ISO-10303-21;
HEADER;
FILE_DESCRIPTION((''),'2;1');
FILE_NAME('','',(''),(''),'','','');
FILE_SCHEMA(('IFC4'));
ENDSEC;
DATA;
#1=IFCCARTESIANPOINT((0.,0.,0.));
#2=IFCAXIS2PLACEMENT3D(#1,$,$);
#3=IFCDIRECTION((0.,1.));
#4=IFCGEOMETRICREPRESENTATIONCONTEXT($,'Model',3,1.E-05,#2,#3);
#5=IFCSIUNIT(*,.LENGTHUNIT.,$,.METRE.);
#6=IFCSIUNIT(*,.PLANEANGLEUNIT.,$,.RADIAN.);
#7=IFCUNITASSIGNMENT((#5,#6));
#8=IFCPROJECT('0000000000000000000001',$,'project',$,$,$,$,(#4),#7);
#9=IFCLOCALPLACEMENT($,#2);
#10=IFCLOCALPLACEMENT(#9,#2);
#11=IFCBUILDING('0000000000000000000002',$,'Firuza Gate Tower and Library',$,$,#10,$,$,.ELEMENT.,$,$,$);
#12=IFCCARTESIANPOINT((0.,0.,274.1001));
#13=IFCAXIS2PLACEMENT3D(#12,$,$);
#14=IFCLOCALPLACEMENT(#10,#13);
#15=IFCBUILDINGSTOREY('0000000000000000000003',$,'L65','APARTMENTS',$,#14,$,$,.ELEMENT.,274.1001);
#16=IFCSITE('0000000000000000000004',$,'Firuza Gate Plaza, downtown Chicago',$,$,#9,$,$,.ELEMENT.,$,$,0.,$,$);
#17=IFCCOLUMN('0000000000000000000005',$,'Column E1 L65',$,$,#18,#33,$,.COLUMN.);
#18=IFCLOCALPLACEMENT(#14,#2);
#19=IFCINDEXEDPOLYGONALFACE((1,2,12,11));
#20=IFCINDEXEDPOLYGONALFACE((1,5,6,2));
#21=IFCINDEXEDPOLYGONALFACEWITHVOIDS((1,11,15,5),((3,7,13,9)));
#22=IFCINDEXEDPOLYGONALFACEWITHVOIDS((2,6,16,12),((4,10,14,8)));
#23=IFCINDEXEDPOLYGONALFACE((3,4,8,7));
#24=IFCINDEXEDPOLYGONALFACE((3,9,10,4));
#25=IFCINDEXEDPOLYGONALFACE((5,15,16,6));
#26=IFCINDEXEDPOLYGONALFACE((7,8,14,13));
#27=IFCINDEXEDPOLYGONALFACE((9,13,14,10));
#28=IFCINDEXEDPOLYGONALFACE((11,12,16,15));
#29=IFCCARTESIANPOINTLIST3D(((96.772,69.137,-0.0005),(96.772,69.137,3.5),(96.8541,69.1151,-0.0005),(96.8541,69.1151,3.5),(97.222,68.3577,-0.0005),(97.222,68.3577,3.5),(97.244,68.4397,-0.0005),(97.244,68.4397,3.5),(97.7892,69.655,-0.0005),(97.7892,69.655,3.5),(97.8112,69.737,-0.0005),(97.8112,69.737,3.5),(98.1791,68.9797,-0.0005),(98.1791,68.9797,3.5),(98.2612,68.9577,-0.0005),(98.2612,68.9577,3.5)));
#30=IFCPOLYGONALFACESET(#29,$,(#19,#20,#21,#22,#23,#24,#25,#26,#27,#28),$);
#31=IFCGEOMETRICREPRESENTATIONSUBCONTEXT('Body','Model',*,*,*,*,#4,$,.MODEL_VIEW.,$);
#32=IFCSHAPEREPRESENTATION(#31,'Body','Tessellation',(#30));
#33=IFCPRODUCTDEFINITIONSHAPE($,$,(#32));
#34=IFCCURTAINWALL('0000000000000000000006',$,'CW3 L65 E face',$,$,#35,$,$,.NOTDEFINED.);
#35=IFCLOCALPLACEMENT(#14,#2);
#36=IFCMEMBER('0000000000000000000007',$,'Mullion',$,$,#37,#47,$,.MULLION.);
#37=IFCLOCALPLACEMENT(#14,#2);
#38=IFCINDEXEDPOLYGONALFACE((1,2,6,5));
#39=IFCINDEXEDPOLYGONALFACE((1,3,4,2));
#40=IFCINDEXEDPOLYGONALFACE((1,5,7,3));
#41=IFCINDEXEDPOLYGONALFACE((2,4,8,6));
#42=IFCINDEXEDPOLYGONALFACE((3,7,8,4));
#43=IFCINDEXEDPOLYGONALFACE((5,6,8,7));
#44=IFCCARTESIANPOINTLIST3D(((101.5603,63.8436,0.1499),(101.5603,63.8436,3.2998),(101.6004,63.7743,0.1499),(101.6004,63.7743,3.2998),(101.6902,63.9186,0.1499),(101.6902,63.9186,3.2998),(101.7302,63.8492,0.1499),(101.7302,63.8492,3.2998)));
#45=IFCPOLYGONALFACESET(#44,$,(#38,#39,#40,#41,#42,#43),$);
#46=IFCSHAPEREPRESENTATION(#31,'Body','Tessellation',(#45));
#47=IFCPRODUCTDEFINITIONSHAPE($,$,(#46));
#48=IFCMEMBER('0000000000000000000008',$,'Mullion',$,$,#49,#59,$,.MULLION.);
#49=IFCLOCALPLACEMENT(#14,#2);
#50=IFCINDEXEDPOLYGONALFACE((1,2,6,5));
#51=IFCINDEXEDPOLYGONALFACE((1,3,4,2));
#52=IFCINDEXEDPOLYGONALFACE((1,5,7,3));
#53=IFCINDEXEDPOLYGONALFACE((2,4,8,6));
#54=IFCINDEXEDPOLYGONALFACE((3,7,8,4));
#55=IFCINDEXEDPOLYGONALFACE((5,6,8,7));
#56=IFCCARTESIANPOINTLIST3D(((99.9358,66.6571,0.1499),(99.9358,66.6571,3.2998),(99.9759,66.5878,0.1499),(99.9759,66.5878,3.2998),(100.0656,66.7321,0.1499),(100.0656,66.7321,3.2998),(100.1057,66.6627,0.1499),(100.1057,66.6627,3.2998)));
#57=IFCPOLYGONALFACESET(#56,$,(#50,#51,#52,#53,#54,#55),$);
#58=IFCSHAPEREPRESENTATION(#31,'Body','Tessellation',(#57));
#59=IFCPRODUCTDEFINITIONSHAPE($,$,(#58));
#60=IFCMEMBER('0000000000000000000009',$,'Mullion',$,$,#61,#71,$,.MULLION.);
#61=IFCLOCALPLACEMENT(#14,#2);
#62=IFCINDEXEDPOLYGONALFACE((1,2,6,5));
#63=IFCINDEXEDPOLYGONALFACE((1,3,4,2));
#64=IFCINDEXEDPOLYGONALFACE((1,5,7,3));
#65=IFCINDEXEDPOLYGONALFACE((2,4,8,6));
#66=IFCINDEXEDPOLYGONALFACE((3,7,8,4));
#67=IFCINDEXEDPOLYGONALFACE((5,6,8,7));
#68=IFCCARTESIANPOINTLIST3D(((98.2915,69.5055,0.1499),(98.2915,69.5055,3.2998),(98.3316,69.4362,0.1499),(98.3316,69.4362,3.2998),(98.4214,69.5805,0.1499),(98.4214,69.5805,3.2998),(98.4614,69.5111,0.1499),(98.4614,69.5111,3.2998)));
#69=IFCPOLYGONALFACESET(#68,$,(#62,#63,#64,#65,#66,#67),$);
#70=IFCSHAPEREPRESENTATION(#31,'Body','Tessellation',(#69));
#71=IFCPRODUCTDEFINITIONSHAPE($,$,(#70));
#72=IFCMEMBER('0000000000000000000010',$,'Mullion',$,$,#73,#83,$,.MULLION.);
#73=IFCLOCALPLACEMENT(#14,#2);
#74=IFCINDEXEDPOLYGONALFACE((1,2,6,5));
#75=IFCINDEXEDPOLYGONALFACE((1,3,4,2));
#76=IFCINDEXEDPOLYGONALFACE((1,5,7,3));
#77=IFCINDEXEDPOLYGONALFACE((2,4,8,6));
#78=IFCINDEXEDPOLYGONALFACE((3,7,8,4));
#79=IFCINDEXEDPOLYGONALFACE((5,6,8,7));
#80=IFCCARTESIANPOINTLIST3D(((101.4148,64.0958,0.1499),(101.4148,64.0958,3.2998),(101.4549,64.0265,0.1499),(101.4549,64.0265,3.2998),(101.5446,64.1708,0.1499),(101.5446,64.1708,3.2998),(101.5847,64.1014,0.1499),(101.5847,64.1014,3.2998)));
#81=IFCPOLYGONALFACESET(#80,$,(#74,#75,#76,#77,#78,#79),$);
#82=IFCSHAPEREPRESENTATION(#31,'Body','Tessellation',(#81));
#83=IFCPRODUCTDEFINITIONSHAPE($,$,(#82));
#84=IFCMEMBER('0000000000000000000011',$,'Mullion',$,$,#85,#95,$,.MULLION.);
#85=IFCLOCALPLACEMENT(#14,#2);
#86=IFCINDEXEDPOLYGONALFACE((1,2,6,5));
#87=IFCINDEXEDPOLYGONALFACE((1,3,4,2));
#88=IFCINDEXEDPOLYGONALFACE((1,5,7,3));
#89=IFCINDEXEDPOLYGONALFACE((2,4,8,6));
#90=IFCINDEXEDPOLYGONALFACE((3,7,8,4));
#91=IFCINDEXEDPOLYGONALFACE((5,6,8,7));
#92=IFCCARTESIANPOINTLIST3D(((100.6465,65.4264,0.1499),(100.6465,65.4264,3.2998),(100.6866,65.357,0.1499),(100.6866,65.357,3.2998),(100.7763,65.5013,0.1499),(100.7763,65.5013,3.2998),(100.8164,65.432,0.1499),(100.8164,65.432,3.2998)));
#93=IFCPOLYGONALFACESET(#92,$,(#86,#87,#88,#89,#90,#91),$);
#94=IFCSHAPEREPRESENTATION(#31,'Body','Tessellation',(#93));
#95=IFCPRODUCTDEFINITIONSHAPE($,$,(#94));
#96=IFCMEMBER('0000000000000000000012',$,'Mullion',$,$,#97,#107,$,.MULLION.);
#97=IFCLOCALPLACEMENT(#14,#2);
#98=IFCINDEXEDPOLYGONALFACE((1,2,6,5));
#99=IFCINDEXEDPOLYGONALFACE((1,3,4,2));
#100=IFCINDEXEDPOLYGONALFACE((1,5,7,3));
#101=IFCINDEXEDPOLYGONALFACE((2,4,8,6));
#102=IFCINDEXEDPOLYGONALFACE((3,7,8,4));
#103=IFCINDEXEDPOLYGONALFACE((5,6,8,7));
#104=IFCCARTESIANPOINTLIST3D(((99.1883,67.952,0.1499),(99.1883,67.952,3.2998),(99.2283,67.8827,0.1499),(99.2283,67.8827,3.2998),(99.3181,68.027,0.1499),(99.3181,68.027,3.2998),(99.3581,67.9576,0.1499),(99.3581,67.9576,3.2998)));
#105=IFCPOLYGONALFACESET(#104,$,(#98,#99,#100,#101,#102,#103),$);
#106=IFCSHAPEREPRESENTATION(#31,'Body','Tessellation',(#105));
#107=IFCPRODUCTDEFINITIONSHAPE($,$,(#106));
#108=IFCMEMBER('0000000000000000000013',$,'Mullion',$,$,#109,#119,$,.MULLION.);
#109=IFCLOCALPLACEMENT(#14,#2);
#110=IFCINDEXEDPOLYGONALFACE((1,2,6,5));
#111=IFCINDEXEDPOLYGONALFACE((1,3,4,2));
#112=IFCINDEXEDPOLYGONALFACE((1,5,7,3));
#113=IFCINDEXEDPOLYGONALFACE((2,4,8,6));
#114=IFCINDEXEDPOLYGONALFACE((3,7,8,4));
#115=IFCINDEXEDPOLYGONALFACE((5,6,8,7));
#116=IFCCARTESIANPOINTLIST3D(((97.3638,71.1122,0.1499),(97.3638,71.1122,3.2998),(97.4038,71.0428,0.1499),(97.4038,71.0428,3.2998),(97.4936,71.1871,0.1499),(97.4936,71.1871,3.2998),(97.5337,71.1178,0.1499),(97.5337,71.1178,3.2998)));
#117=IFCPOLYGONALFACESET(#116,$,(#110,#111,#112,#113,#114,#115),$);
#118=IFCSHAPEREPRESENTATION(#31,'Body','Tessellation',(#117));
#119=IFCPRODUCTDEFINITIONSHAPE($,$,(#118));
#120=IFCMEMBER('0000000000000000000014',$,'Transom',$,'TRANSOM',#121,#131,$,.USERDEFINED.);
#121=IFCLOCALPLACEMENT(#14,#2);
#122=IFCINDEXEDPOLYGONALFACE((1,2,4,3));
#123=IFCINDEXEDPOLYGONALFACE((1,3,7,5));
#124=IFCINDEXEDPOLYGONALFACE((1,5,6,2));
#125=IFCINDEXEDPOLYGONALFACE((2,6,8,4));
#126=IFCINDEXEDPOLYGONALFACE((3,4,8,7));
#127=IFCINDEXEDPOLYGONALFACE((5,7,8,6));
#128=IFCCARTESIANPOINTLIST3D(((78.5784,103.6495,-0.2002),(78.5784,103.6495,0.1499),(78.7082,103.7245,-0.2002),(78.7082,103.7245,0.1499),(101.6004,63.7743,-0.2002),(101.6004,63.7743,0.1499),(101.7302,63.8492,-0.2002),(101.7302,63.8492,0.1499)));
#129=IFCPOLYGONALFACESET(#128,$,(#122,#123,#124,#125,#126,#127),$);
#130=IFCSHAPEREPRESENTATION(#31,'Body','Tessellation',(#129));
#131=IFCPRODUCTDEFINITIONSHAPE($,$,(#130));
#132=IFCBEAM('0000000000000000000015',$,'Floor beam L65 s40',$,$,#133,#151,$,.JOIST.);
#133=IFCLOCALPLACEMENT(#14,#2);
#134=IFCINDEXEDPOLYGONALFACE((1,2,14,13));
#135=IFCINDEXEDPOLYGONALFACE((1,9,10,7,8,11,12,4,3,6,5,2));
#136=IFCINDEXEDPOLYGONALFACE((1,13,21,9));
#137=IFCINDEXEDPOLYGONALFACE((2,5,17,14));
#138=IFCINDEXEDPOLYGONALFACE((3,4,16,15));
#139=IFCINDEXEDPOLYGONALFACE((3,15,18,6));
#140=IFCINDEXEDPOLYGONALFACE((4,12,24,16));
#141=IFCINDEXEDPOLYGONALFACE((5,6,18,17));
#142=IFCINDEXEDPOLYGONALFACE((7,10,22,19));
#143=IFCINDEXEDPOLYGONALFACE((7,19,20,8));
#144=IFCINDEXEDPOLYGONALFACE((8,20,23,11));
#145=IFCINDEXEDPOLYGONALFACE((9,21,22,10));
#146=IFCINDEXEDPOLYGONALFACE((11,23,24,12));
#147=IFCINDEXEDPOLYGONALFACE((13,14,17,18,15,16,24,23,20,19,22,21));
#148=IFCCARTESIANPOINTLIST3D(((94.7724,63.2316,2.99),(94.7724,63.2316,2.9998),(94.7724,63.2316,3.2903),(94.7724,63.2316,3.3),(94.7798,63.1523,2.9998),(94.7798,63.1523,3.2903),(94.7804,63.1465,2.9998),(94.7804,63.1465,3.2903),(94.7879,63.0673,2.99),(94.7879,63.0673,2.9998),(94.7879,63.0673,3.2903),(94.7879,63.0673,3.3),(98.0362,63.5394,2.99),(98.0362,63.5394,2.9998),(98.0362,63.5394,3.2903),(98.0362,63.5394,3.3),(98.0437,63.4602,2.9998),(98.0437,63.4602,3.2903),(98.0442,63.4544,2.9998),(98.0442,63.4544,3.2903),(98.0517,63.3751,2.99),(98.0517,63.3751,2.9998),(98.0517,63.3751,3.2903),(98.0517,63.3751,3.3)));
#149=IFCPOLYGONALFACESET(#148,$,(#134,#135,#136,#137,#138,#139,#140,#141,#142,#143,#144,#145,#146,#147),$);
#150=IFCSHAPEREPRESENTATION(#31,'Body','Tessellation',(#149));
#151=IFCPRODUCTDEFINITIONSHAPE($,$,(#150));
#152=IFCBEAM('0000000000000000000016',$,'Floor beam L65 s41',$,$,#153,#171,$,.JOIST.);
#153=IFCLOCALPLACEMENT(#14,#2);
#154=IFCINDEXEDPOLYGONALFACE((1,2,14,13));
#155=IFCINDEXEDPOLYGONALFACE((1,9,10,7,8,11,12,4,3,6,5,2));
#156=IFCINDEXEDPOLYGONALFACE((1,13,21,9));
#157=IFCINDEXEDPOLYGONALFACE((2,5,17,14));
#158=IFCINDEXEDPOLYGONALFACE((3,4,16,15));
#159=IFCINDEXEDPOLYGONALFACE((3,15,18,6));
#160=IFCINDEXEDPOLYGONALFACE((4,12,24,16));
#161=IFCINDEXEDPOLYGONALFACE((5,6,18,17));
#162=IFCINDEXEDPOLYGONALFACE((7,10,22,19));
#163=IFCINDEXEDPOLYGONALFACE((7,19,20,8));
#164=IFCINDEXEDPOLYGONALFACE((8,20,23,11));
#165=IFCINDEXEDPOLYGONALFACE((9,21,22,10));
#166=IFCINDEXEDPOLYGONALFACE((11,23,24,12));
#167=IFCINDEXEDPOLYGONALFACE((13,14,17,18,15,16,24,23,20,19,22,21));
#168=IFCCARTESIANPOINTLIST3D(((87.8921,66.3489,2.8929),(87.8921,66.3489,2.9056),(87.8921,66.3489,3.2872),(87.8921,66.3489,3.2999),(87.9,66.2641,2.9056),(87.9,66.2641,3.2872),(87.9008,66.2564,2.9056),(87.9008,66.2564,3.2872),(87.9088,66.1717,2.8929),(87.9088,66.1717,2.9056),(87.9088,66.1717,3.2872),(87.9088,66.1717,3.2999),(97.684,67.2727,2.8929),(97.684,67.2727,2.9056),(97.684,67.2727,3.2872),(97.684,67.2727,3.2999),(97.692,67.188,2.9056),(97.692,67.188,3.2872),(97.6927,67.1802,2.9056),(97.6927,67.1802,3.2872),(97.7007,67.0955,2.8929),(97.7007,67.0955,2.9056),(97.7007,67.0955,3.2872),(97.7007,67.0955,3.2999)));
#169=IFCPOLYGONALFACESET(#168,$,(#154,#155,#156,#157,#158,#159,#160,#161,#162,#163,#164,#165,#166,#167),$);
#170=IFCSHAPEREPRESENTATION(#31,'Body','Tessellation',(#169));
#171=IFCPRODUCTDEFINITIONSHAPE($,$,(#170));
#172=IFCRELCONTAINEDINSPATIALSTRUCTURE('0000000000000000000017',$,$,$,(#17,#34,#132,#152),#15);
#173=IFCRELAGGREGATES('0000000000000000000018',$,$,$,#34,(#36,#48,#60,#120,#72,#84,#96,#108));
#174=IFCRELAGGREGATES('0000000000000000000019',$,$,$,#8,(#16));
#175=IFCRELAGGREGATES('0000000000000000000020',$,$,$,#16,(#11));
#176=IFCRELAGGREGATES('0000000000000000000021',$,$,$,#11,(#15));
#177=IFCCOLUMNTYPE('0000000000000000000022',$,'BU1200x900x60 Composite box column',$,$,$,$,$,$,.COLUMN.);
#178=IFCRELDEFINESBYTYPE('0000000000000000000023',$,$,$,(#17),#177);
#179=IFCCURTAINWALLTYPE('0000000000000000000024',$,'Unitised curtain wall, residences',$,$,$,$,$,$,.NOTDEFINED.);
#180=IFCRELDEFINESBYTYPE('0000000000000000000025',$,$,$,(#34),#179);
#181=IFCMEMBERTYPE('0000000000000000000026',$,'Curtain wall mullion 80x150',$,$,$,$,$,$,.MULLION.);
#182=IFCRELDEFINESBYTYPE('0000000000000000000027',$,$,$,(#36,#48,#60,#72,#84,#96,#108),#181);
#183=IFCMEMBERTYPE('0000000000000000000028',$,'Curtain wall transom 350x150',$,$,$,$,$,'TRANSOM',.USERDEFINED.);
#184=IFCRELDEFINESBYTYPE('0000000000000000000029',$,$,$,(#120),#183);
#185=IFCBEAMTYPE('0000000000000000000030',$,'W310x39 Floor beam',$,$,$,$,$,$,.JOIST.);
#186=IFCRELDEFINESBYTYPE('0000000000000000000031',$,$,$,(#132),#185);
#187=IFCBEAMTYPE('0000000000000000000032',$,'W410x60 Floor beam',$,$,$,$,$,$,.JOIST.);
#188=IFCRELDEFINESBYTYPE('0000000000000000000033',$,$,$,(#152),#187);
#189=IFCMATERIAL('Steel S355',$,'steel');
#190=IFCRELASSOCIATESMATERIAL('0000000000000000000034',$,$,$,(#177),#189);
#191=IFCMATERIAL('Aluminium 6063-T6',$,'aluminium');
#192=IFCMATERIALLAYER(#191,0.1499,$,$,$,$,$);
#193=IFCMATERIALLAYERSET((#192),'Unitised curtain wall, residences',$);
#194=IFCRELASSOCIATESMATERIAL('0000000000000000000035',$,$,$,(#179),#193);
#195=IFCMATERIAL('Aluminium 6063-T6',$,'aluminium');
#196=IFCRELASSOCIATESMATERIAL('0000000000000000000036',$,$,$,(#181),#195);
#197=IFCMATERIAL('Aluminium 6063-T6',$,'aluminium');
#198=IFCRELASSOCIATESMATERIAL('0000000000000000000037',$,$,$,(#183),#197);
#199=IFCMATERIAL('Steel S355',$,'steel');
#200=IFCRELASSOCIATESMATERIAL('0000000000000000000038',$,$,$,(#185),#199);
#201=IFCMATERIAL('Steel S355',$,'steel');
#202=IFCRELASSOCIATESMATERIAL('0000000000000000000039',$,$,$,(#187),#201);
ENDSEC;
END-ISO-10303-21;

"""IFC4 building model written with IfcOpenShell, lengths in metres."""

from ifc_helpers import new_model, si_unit, direction, frame, origin, origin_2d, place, context, subcontext, project, spatial, rectangle, hollow_rectangle, i_section, extrude, material, layer, layer_set, material_profile, profile_set, type_object, element, aggregate, save


model = new_model("IFC4")

# Units and contexts
model_context = context("Model", 3, precision=1e-05, world=origin(), true_north=direction((0.0, 1.0)))
body_context = subcontext(model_context, "Body", "Model", "MODEL_VIEW")
ifc_project = project(units=[si_unit("LENGTHUNIT", "METRE"), si_unit("PLANEANGLEUNIT", "RADIAN")], contexts=[model_context])

# Site, building, storey
site_placement = place(None, origin())
site = spatial("IfcSite", under=ifc_project, at=site_placement, Name="Firuza Gate Plaza, downtown Chicago", CompositionType="ELEMENT", RefElevation=0.0)
building_placement = place(site_placement, origin())
building = spatial("IfcBuilding", under=site, at=building_placement, Name="Firuza Gate Tower and Library", CompositionType="ELEMENT")
storey_placement = place(building_placement, frame((0.0, 0.0, 274.1001)))
storey = spatial("IfcBuildingStorey", under=building, at=storey_placement, Name="L65", Description="APARTMENTS", CompositionType="ELEMENT", Elevation=274.1001)

# Column
ifc_material_1 = material(Name="Steel S355", Category="steel")
ifc_material_profile_1 = material_profile(ifc_material_1, hollow_rectangle(XDim=0.8999, YDim=1.2, WallThickness=0.0601, at=origin_2d()))
ifc_profile_set_1 = profile_set([ifc_material_profile_1], Name="Steel S355")
column_type = type_object("IfcColumnType", Name="BU1200x900x60 Composite box column", PredefinedType="COLUMN", material=ifc_profile_set_1)
column_placement = place(storey_placement, frame((97.5166, 69.0474, -0.0005), z_axis=(0.0, 0.0, 1.0), x_axis=(-0.5, 0.866025, 0.0)))
element("IfcColumn", 1, at=column_placement, inside=storey, type_object=column_type, Name="Column E1 L65", PredefinedType="COLUMN", context=body_context, shape_type="SweptSolid", body=[
    extrude(hollow_rectangle(XDim=0.8999, YDim=1.2, WallThickness=0.0601, at=origin_2d()), origin(), (0.0, 0.0, 1.0), 3.5005),
])

# Curtain wall, members
ifc_material_2 = material(Name="Aluminium 6063-T6", Category="aluminium")
ifc_layer_1 = layer(ifc_material_2, 0.1499)
ifc_layer_set_1 = layer_set([ifc_layer_1], Name="Unitised curtain wall, residences")
curtain_wall_type = type_object("IfcCurtainWallType", Name="Unitised curtain wall, residences", PredefinedType="NOTDEFINED", material=ifc_layer_set_1)
curtain_wall_placement = place(storey_placement, origin())
curtain_wall = element("IfcCurtainWall", 2, at=curtain_wall_placement, inside=storey, type_object=curtain_wall_type, Name="CW3 L65 E face", PredefinedType="NOTDEFINED")
ifc_material_3 = material(Name="Aluminium 6063-T6", Category="aluminium")
ifc_material_profile_2 = material_profile(ifc_material_3, rectangle(XDim=0.1499, YDim=0.0801, at=origin_2d()))
ifc_profile_set_2 = profile_set([ifc_material_profile_2], Name="Aluminium 6063-T6")
member_type_1 = type_object("IfcMemberType", Name="Curtain wall mullion 80x150", PredefinedType="MULLION", material=ifc_profile_set_2)
member_1_placement = place(storey_placement, frame((101.6453, 63.8464, 0.1499), z_axis=(0.0, 0.0, 1.0), x_axis=(-0.866025, -0.5, 0.0)))
member_1 = element("IfcMember", 3, at=member_1_placement, type_object=member_type_1, Name="Mullion", PredefinedType="MULLION", context=body_context, shape_type="SweptSolid", body=[
    extrude(rectangle(XDim=0.1499, YDim=0.0801, at=origin_2d()), origin(), (0.0, 0.0, 1.0), 3.1499),
])
member_2_placement = place(storey_placement, frame((100.0208, 66.6599, 0.1499), z_axis=(0.0, 0.0, 1.0), x_axis=(-0.866025, -0.5, 0.0)))
member_2 = element("IfcMember", 4, at=member_2_placement, type_object=member_type_1, Name="Mullion", PredefinedType="MULLION", context=body_context, shape_type="SweptSolid", body=[
    extrude(rectangle(XDim=0.1499, YDim=0.0801, at=origin_2d()), origin(), (0.0, 0.0, 1.0), 3.1499),
])
member_3_placement = place(storey_placement, frame((98.3765, 69.5083, 0.1499), z_axis=(0.0, 0.0, 1.0), x_axis=(-0.866025, -0.5, 0.0)))
member_3 = element("IfcMember", 5, at=member_3_placement, type_object=member_type_1, Name="Mullion", PredefinedType="MULLION", context=body_context, shape_type="SweptSolid", body=[
    extrude(rectangle(XDim=0.1499, YDim=0.0801, at=origin_2d()), origin(), (0.0, 0.0, 1.0), 3.1499),
])
member_4_placement = place(storey_placement, frame((101.4998, 64.0986, 0.1499), z_axis=(0.0, 0.0, 1.0), x_axis=(-0.866025, -0.5, 0.0)))
member_4 = element("IfcMember", 6, at=member_4_placement, type_object=member_type_1, Name="Mullion", PredefinedType="MULLION", context=body_context, shape_type="SweptSolid", body=[
    extrude(rectangle(XDim=0.1499, YDim=0.0801, at=origin_2d()), origin(), (0.0, 0.0, 1.0), 3.1499),
])
member_5_placement = place(storey_placement, frame((100.7314, 65.4292, 0.1499), z_axis=(0.0, 0.0, 1.0), x_axis=(-0.866025, -0.5, 0.0)))
member_5 = element("IfcMember", 7, at=member_5_placement, type_object=member_type_1, Name="Mullion", PredefinedType="MULLION", context=body_context, shape_type="SweptSolid", body=[
    extrude(rectangle(XDim=0.1499, YDim=0.0801, at=origin_2d()), origin(), (0.0, 0.0, 1.0), 3.1499),
])
member_6_placement = place(storey_placement, frame((99.2732, 67.9548, 0.1499), z_axis=(0.0, 0.0, 1.0), x_axis=(-0.866025, -0.5, 0.0)))
member_6 = element("IfcMember", 8, at=member_6_placement, type_object=member_type_1, Name="Mullion", PredefinedType="MULLION", context=body_context, shape_type="SweptSolid", body=[
    extrude(rectangle(XDim=0.1499, YDim=0.0801, at=origin_2d()), origin(), (0.0, 0.0, 1.0), 3.1499),
])
member_7_placement = place(storey_placement, frame((97.4487, 71.115, 0.1499), z_axis=(0.0, 0.0, 1.0), x_axis=(-0.866025, -0.5, 0.0)))
member_7 = element("IfcMember", 9, at=member_7_placement, type_object=member_type_1, Name="Mullion", PredefinedType="MULLION", context=body_context, shape_type="SweptSolid", body=[
    extrude(rectangle(XDim=0.1499, YDim=0.0801, at=origin_2d()), origin(), (0.0, 0.0, 1.0), 3.1499),
])
ifc_material_4 = material(Name="Aluminium 6063-T6", Category="aluminium")
ifc_material_profile_3 = material_profile(ifc_material_4, rectangle(XDim=0.1499, YDim=0.3501, at=origin_2d()))
ifc_profile_set_3 = profile_set([ifc_material_profile_3], Name="Aluminium 6063-T6")
member_type_2 = type_object("IfcMemberType", Name="Curtain wall transom 350x150", ElementType="TRANSOM", PredefinedType="USERDEFINED", material=ifc_profile_set_3)
member_8_placement = place(storey_placement, frame((101.6653, 63.8118, -0.0251), z_axis=(-0.5, 0.866026, 0.0), x_axis=(-0.866026, -0.5, 0.0)))
member_8 = element("IfcMember", 10, at=member_8_placement, type_object=member_type_2, Name="Transom", ObjectType="TRANSOM", PredefinedType="USERDEFINED", context=body_context, shape_type="SweptSolid", body=[
    extrude(rectangle(XDim=0.1499, YDim=0.3501, at=origin_2d()), origin(), (0.0, 0.0, 1.0), 46.0439),
])

# Beams
ifc_material_5 = material(Name="Steel S355", Category="steel")
ifc_material_profile_4 = material_profile(ifc_material_5, i_section(OverallWidth=0.165, OverallDepth=0.3101, WebThickness=0.0059, FlangeThickness=0.0098, at=origin_2d()))
ifc_profile_set_4 = profile_set([ifc_material_profile_4], Name="Steel S355")
beam_type_1 = type_object("IfcBeamType", Name="W310x39 Floor beam", PredefinedType="JOIST", material=ifc_profile_set_4)
beam_1_placement = place(storey_placement, frame((98.0439, 63.4573, 3.145), z_axis=(-0.995581, -0.093906, 0.0), x_axis=(0.093906, -0.995581, 0.0)))
element("IfcBeam", 11, at=beam_1_placement, inside=storey, type_object=beam_type_1, Name="Floor beam L65 s40", PredefinedType="JOIST", context=body_context, shape_type="SweptSolid", body=[
    extrude(i_section(OverallWidth=0.165, OverallDepth=0.3101, WebThickness=0.0059, FlangeThickness=0.0098, at=origin_2d()), origin(), (0.0, 0.0, 1.0), 3.2783),
])
ifc_material_6 = material(Name="Steel S355", Category="steel")
ifc_material_profile_5 = material_profile(ifc_material_6, i_section(OverallWidth=0.178, OverallDepth=0.407, WebThickness=0.0078, FlangeThickness=0.0127, at=origin_2d()))
ifc_profile_set_5 = profile_set([ifc_material_profile_5], Name="Steel S355")
beam_type_2 = type_object("IfcBeamType", Name="W410x60 Floor beam", PredefinedType="JOIST", material=ifc_profile_set_5)
beam_2_placement = place(storey_placement, frame((97.6924, 67.1841, 3.0964), z_axis=(-0.995579, -0.093928, 0.0), x_axis=(0.093928, -0.995579, 0.0)))
element("IfcBeam", 12, at=beam_2_placement, inside=storey, type_object=beam_type_2, Name="Floor beam L65 s41", PredefinedType="JOIST", context=body_context, shape_type="SweptSolid", body=[
    extrude(i_section(OverallWidth=0.178, OverallDepth=0.407, WebThickness=0.0078, FlangeThickness=0.0127, at=origin_2d()), origin(), (0.0, 0.0, 1.0), 9.8354),
])

aggregate(curtain_wall, [member_1, member_2, member_3, member_8, member_4, member_5, member_6, member_7])

save(model, "model.ifc")
